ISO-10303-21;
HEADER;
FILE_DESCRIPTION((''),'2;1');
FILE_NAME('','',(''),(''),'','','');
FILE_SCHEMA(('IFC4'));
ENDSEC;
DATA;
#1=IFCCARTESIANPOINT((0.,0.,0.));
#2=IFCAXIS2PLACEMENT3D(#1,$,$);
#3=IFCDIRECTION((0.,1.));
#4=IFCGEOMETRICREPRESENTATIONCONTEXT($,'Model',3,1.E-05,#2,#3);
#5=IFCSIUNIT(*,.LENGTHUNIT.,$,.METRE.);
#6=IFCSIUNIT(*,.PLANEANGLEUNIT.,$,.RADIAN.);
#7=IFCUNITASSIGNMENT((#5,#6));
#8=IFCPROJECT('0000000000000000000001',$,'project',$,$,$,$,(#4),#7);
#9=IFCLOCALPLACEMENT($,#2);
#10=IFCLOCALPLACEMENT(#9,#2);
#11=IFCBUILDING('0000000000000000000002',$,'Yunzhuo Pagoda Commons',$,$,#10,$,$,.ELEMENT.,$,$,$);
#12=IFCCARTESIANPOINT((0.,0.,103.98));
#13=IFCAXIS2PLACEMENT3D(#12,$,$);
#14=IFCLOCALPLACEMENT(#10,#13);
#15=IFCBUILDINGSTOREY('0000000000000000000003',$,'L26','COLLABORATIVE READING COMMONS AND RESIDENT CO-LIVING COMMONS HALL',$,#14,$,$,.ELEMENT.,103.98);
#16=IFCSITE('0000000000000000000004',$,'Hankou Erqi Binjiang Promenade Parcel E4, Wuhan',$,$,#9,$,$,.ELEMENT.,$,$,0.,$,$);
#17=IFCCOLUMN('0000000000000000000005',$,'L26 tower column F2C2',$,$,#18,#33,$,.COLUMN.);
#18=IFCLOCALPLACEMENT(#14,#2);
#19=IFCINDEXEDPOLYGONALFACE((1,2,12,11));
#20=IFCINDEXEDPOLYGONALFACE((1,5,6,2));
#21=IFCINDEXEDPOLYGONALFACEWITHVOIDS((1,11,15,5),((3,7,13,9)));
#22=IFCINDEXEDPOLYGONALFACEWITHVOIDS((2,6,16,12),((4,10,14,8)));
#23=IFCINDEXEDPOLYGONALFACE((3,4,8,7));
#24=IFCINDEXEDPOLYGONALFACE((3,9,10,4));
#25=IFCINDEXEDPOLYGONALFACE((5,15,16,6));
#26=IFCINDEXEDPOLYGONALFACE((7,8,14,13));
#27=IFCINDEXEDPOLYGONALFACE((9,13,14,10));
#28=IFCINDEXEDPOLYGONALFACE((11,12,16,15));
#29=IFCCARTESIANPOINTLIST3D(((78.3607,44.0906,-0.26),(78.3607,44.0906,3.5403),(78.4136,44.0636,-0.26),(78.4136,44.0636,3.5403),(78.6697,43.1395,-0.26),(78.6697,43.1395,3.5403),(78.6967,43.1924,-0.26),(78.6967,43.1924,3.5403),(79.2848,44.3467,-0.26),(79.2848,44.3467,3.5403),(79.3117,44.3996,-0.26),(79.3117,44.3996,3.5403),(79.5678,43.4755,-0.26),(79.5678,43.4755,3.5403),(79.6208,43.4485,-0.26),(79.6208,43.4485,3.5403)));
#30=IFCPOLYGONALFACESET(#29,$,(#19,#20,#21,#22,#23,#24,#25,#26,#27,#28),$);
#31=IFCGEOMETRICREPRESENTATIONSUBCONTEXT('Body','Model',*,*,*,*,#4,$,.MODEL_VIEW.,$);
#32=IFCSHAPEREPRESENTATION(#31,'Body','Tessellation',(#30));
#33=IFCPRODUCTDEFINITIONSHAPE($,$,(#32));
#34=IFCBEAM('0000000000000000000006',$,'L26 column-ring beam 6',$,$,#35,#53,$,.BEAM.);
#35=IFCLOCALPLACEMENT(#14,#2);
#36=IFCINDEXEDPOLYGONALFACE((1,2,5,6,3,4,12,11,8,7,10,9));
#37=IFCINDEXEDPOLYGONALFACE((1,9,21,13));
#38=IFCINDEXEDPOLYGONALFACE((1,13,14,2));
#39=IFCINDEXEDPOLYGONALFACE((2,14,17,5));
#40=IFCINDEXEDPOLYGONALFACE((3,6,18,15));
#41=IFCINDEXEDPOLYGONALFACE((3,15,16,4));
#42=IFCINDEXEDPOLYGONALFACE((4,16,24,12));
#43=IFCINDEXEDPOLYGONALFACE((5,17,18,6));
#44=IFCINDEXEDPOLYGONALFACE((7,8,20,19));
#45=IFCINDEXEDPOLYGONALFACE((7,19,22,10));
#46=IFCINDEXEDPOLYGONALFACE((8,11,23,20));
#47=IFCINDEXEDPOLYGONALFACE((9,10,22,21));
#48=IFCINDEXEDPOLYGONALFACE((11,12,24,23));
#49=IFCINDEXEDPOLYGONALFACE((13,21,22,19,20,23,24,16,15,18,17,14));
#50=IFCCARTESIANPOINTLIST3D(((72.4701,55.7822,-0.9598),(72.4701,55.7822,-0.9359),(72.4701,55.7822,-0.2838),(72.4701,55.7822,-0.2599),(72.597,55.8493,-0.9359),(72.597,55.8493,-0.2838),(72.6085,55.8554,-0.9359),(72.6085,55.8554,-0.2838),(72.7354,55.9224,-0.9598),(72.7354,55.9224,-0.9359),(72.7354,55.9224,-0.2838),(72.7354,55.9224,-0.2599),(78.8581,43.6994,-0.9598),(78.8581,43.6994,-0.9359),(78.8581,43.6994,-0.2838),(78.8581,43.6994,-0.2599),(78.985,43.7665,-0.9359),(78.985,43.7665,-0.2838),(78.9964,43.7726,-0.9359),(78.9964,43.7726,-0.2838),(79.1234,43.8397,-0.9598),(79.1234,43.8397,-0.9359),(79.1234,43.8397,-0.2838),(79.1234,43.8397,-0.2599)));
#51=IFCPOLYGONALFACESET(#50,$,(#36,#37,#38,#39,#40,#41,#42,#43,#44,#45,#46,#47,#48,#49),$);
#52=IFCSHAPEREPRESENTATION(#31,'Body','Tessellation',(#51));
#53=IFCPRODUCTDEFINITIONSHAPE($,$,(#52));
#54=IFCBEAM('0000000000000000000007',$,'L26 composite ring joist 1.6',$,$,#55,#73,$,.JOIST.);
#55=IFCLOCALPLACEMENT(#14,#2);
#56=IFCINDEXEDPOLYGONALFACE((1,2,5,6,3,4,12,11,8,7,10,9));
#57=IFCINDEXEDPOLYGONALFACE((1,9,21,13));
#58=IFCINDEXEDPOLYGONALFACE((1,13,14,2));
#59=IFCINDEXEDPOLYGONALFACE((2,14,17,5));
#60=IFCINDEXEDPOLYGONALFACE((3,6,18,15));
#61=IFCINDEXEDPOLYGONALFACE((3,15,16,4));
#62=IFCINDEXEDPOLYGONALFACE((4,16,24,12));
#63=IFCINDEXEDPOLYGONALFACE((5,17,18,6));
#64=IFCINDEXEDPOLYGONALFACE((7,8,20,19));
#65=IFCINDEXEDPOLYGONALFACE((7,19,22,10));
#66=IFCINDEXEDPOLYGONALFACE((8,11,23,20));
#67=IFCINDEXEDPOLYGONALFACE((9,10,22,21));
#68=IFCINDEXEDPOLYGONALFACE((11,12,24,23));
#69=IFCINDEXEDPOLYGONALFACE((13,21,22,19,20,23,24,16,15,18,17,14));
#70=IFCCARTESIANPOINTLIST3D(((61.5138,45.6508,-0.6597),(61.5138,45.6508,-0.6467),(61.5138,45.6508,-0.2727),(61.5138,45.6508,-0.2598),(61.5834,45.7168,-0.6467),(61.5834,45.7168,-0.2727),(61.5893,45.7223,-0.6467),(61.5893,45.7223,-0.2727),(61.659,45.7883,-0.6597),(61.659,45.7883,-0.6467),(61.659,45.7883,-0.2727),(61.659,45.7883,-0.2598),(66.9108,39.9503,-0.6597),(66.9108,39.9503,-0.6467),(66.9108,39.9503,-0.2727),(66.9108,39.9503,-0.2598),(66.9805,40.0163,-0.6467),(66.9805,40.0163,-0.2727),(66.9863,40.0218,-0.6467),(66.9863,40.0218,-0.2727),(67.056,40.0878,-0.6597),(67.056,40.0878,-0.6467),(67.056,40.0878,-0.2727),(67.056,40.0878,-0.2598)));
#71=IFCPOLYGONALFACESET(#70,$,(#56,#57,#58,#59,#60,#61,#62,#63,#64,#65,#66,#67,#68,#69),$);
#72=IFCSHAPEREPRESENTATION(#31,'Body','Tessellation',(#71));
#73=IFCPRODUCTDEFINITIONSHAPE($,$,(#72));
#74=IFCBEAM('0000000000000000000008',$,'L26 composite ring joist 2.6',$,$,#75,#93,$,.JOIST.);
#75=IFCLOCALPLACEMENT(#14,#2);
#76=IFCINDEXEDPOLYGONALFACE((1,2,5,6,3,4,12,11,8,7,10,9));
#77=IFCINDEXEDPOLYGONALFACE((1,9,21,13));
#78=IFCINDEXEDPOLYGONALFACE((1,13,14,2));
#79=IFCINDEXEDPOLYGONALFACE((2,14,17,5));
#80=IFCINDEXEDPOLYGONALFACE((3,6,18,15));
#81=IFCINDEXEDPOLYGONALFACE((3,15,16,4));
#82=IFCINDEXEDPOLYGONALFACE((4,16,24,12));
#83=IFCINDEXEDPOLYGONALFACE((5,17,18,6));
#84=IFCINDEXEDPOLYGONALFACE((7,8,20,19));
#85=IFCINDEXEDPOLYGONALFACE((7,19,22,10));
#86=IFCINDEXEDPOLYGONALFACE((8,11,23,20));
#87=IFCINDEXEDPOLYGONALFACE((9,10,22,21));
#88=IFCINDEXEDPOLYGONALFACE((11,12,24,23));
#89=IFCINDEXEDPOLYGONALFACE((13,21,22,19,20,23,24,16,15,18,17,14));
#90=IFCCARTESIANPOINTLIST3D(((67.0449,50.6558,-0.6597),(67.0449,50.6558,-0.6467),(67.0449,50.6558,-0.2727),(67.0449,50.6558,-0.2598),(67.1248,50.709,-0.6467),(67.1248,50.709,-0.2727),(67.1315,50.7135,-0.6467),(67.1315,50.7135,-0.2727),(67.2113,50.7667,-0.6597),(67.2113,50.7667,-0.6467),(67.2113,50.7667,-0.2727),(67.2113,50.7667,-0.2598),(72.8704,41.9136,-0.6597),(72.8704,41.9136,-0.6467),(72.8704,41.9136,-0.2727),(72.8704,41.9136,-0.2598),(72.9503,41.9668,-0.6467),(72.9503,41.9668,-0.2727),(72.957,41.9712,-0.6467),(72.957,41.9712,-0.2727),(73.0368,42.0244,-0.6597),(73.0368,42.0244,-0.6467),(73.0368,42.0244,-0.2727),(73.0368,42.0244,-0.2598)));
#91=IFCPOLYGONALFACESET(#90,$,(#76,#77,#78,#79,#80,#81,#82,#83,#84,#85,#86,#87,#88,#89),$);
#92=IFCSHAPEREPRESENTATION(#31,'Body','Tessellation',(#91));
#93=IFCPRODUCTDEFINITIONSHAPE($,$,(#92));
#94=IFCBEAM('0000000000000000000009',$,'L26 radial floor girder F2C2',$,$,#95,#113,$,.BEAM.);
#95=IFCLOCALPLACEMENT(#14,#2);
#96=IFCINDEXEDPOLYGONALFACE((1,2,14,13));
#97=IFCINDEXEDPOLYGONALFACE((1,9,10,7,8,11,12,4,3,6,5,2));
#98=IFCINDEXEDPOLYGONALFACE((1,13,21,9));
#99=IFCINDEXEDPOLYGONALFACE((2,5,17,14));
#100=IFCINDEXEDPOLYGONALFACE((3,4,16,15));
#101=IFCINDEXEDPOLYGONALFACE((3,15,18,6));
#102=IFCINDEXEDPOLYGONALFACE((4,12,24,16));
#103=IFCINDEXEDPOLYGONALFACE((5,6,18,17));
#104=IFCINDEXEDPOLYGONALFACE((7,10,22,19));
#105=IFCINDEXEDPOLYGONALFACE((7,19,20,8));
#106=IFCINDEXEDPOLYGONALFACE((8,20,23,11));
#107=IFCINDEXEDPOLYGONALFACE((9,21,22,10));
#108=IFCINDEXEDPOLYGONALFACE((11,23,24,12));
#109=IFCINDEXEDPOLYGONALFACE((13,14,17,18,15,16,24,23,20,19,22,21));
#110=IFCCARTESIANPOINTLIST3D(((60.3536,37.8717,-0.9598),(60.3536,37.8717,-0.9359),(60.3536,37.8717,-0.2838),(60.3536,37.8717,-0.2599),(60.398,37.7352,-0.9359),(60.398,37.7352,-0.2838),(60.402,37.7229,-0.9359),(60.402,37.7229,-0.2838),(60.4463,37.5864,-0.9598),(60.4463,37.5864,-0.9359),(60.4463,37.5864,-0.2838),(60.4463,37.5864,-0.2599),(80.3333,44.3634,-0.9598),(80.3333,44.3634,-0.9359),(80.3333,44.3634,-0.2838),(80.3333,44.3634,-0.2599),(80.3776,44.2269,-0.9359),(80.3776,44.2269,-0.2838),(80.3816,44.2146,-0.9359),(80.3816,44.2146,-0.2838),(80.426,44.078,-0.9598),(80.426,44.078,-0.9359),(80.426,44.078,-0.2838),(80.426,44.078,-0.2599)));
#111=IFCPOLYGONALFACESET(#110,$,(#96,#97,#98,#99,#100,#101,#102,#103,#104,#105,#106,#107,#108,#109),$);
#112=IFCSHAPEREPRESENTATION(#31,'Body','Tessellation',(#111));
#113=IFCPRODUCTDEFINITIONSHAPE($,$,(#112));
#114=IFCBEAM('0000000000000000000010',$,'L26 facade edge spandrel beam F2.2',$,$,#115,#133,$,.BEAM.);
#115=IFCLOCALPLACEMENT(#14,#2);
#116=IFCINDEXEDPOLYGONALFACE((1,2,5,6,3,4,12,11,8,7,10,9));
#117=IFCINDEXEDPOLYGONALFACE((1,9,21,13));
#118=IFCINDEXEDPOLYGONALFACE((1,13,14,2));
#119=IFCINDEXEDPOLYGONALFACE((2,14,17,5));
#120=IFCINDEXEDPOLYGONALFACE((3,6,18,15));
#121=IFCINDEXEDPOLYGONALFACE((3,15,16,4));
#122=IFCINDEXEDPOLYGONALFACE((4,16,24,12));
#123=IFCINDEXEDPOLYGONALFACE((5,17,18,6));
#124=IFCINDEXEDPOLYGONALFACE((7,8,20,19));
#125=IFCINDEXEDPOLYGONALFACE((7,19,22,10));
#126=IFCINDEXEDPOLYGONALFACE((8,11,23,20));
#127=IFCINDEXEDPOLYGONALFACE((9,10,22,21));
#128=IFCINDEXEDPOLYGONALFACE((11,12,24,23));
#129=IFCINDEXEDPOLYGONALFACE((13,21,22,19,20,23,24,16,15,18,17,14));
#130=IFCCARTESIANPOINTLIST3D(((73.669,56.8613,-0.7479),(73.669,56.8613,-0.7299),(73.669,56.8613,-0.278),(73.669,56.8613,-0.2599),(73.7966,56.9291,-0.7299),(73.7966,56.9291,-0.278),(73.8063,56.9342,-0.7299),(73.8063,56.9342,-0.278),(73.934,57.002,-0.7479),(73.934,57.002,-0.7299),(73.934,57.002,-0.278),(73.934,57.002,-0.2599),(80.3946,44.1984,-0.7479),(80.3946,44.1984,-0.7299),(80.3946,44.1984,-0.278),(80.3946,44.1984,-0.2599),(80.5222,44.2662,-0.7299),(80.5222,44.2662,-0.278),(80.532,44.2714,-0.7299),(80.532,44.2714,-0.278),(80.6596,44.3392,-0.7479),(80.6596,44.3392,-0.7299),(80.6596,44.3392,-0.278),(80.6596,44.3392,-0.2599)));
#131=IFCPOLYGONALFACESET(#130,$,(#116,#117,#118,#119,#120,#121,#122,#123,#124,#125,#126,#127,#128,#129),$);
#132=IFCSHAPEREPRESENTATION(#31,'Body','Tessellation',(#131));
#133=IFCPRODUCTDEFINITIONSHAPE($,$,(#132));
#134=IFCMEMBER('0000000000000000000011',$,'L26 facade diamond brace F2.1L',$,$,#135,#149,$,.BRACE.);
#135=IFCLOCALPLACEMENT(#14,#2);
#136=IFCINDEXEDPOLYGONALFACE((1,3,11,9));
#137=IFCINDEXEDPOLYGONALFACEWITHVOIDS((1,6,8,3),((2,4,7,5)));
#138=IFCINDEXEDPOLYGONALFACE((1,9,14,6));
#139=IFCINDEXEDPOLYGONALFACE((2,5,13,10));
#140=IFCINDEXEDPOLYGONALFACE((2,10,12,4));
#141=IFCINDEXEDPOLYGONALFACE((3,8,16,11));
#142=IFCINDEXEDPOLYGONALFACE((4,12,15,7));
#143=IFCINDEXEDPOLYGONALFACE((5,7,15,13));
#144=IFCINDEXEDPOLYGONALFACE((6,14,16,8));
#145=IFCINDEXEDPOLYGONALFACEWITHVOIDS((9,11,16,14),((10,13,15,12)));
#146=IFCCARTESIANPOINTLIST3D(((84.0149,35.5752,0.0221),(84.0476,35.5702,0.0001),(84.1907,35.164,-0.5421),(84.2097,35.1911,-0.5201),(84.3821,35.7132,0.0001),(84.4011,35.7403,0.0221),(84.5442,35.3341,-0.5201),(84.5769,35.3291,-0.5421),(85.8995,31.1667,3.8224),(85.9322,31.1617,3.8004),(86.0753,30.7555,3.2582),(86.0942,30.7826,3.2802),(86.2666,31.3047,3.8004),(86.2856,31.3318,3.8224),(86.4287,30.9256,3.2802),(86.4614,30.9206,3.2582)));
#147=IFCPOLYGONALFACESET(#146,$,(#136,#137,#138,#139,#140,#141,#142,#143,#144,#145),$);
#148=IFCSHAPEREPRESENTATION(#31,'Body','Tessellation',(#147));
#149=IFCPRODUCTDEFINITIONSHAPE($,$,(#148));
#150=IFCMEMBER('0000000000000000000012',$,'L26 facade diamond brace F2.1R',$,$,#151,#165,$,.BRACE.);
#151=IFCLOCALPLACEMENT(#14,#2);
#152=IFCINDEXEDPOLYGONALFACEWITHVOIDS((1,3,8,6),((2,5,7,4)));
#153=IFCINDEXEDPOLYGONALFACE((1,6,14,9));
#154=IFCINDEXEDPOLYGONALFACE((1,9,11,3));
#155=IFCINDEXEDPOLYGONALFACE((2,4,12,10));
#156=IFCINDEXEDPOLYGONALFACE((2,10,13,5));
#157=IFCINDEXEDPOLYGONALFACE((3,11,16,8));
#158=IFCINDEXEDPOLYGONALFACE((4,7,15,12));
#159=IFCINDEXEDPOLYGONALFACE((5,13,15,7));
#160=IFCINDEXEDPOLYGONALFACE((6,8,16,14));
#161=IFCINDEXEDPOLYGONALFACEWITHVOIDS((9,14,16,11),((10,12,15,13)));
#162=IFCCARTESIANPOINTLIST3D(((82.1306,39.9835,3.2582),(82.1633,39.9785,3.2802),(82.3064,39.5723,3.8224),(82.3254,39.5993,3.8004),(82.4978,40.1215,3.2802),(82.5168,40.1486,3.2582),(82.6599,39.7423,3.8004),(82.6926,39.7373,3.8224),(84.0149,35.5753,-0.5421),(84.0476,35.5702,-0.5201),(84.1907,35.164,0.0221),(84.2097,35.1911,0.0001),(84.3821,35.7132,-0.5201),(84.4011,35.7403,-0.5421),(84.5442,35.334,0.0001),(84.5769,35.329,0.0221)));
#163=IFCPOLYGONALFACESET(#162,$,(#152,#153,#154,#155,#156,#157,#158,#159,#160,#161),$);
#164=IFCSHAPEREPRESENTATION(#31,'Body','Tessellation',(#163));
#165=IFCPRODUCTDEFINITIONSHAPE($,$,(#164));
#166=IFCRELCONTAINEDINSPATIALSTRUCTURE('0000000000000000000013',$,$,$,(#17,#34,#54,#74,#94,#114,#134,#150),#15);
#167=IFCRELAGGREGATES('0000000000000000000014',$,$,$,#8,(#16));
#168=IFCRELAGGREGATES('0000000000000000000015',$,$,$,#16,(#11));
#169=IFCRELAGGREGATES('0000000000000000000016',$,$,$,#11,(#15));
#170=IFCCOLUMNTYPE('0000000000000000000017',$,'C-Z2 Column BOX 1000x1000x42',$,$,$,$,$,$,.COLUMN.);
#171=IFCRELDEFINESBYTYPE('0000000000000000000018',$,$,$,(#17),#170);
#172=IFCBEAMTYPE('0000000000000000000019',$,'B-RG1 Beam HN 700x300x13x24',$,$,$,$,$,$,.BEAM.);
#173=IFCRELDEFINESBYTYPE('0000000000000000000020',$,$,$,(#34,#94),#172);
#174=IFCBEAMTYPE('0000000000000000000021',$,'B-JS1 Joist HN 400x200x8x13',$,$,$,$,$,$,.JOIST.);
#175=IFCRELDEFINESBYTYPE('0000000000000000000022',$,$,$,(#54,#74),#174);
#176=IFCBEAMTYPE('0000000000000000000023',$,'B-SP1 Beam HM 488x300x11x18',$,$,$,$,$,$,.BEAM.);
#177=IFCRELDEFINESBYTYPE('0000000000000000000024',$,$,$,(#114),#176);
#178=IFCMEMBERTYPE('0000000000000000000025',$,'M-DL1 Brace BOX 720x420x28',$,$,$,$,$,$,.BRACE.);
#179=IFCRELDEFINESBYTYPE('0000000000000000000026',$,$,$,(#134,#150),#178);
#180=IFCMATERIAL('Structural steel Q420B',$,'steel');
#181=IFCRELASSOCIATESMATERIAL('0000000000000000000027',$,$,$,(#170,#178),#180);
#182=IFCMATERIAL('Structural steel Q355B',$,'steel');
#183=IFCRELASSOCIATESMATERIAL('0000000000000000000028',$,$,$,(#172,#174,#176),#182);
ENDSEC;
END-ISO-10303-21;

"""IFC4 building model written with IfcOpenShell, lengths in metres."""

from ifc_helpers import new_model, si_unit, direction, frame, origin, origin_2d, place, context, subcontext, project, spatial, hollow_rectangle, i_section, extrude, source, transform, mapped, material, material_profile, profile_set, type_object, element, save


model = new_model("IFC4")

# Units and contexts
model_context = context("Model", 3, precision=1e-05, world=origin(), true_north=direction((0.0, 1.0)))
body_context = subcontext(model_context, "Body", "Model", "MODEL_VIEW")
ifc_project = project(units=[si_unit("LENGTHUNIT", "METRE"), si_unit("PLANEANGLEUNIT", "RADIAN")], contexts=[model_context])

# Site, building, storey
site_placement = place(None, origin())
site = spatial("IfcSite", under=ifc_project, at=site_placement, Name="Hankou Erqi Binjiang Promenade Parcel E4, Wuhan", CompositionType="ELEMENT", RefElevation=0.0)
building_placement = place(site_placement, origin())
building = spatial("IfcBuilding", under=site, at=building_placement, Name="Yunzhuo Pagoda Commons", CompositionType="ELEMENT")
storey_placement = place(building_placement, frame((0.0, 0.0, 103.98)))
storey = spatial("IfcBuildingStorey", under=building, at=storey_placement, Name="L26", Description="COLLABORATIVE READING COMMONS AND RESIDENT CO-LIVING COMMONS HALL", CompositionType="ELEMENT", Elevation=103.98)

# Column
ifc_material_1 = material(Name="Structural steel Q420B", Category="steel")
ifc_material_profile_1 = material_profile(ifc_material_1, hollow_rectangle(XDim=1.0, YDim=1.0, WallThickness=0.042, at=origin_2d()), Name="Structural steel Q420B")
ifc_profile_set_1 = profile_set([ifc_material_profile_1], Name="Structural steel Q420B")
column_type = type_object("IfcColumnType", Name="C-Z2 Column BOX 1000x1000x42", PredefinedType="COLUMN", material=ifc_profile_set_1)
shared_shape_1 = source(origin(), body_context, "Body", "SweptSolid", [
    extrude(hollow_rectangle(XDim=1.0, YDim=1.0, WallThickness=0.042, at=origin_2d()), origin(), (0.0, 0.0, 1.0), 3.8003),
])
column_placement = place(storey_placement, frame((78.9907, 43.7695, -0.26), z_axis=(0.0, 0.0, 1.0), x_axis=(-0.309017, 0.951057, 0.0)))
element("IfcColumn", 1, at=column_placement, inside=storey, type_object=column_type, Name="L26 tower column F2C2", PredefinedType="COLUMN", context=body_context, shape_type="MappedRepresentation", body=[
    mapped(shared_shape_1, transform((0.0, 0.0, 0.0), scale=1.0)),
])

# Beams
ifc_material_2 = material(Name="Structural steel Q355B", Category="steel")
ifc_material_profile_2 = material_profile(ifc_material_2, i_section(OverallWidth=0.3, OverallDepth=0.7, WebThickness=0.0129, FlangeThickness=0.0239, at=origin_2d()), Name="Structural steel Q355B")
ifc_profile_set_2 = profile_set([ifc_material_profile_2], Name="Structural steel Q355B")
beam_type_1 = type_object("IfcBeamType", Name="B-RG1 Beam HN 700x300x13x24", PredefinedType="BEAM", material=ifc_profile_set_2)
shared_shape_2 = source(origin(), body_context, "Body", "SweptSolid", [
    extrude(i_section(OverallWidth=0.3, OverallDepth=0.7, WebThickness=0.0129, FlangeThickness=0.0239, at=origin_2d()), origin(), (0.0, 0.0, 1.0), 13.6675),
])
beam_1_placement = place(storey_placement, frame((78.9907, 43.7695, -0.6099), z_axis=(-0.467384, 0.884055, 0.0), x_axis=(-0.884055, -0.467384, 0.0)))
element("IfcBeam", 2, at=beam_1_placement, inside=storey, type_object=beam_type_1, Name="L26 column-ring beam 6", PredefinedType="BEAM", context=body_context, shape_type="MappedRepresentation", body=[
    mapped(shared_shape_2, transform((0.0, 0.0, 0.0), scale=1.0)),
])
ifc_material_profile_3 = material_profile(ifc_material_2, i_section(OverallWidth=0.2, OverallDepth=0.3999, WebThickness=0.0081, FlangeThickness=0.0129, at=origin_2d()), Name="Structural steel Q355B")
ifc_profile_set_3 = profile_set([ifc_material_profile_3], Name="Structural steel Q355B")
beam_type_2 = type_object("IfcBeamType", Name="B-JS1 Joist HN 400x200x8x13", PredefinedType="JOIST", material=ifc_profile_set_3)
shared_shape_3 = source(origin(), body_context, "Body", "SweptSolid", [
    extrude(i_section(OverallWidth=0.2, OverallDepth=0.3999, WebThickness=0.0081, FlangeThickness=0.0129, at=origin_2d()), origin(), (0.0, 0.0, 1.0), 7.8501),
])
beam_2_placement = place(storey_placement, frame((66.9834, 40.019, -0.4597), z_axis=(-0.687513, 0.726172, 0.0), x_axis=(-0.726172, -0.687513, 0.0)))
element("IfcBeam", 3, at=beam_2_placement, inside=storey, type_object=beam_type_2, Name="L26 composite ring joist 1.6", PredefinedType="JOIST", context=body_context, shape_type="MappedRepresentation", body=[
    mapped(shared_shape_3, transform((0.0, 0.0, 0.0), scale=1.0)),
])
shared_shape_4 = source(origin(), body_context, "Body", "SweptSolid", [
    extrude(i_section(OverallWidth=0.2, OverallDepth=0.3999, WebThickness=0.0081, FlangeThickness=0.0129, at=origin_2d()), origin(), (0.0, 0.0, 1.0), 10.5054),
])
beam_3_placement = place(storey_placement, frame((72.9536, 41.969, -0.4597), z_axis=(-0.554523, 0.832168, 0.0), x_axis=(-0.832168, -0.554523, 0.0)))
element("IfcBeam", 4, at=beam_3_placement, inside=storey, type_object=beam_type_2, Name="L26 composite ring joist 2.6", PredefinedType="JOIST", context=body_context, shape_type="MappedRepresentation", body=[
    mapped(shared_shape_4, transform((0.0, 0.0, 0.0), scale=1.0)),
])
shared_shape_5 = source(origin(), body_context, "Body", "SweptSolid", [
    extrude(i_section(OverallWidth=0.3, OverallDepth=0.7, WebThickness=0.0129, FlangeThickness=0.0239, at=origin_2d()), origin(), (0.0, 0.0, 1.0), 21.0078),
])
beam_4_placement = place(storey_placement, frame((80.3796, 44.2207, -0.6099), z_axis=(-0.951058, -0.309012, 0.0), x_axis=(0.309012, -0.951058, 0.0)))
element("IfcBeam", 5, at=beam_4_placement, inside=storey, type_object=beam_type_1, Name="L26 radial floor girder F2C2", PredefinedType="BEAM", context=body_context, shape_type="MappedRepresentation", body=[
    mapped(shared_shape_5, transform((0.0, 0.0, 0.0), scale=1.0)),
])
ifc_material_profile_4 = material_profile(ifc_material_2, i_section(OverallWidth=0.3, OverallDepth=0.488, WebThickness=0.011, FlangeThickness=0.0181, at=origin_2d()), Name="Structural steel Q355B")
ifc_profile_set_4 = profile_set([ifc_material_profile_4], Name="Structural steel Q355B")
beam_type_3 = type_object("IfcBeamType", Name="B-SP1 Beam HM 488x300x11x18", PredefinedType="BEAM", material=ifc_profile_set_4)
shared_shape_6 = source(origin(), body_context, "Body", "SweptSolid", [
    extrude(i_section(OverallWidth=0.3, OverallDepth=0.488, WebThickness=0.011, FlangeThickness=0.0181, at=origin_2d()), origin(), (0.0, 0.0, 1.0), 14.3381),
])
beam_5_placement = place(storey_placement, frame((80.5271, 44.2688, -0.5039), z_axis=(-0.469071, 0.88316, 0.0), x_axis=(-0.88316, -0.469071, 0.0)))
element("IfcBeam", 6, at=beam_5_placement, inside=storey, type_object=beam_type_3, Name="L26 facade edge spandrel beam F2.2", PredefinedType="BEAM", context=body_context, shape_type="MappedRepresentation", body=[
    mapped(shared_shape_6, transform((0.0, 0.0, 0.0), scale=1.0)),
])

# Members
ifc_material_profile_5 = material_profile(ifc_material_1, hollow_rectangle(XDim=0.4199, YDim=0.72, WallThickness=0.0281, at=origin_2d()), Name="Structural steel Q420B")
ifc_profile_set_5 = profile_set([ifc_material_profile_5], Name="Structural steel Q420B")
member_type_1 = type_object("IfcMemberType", Name="M-DL1 Brace BOX 720x420x28", PredefinedType="BRACE", material=ifc_profile_set_5)
shared_shape_7 = source(origin(), body_context, "Body", "SweptSolid", [
    extrude(hollow_rectangle(XDim=0.4199, YDim=0.72, WallThickness=0.0281, at=origin_2d()), origin(), (0.0, 0.0, 1.0), 6.1179),
])
member_1_placement = place(storey_placement, frame((84.2959, 35.4521, -0.26), z_axis=(0.308037, -0.720588, 0.621181), x_axis=(0.919508, 0.393071, 0.0)))
element("IfcMember", 7, at=member_1_placement, inside=storey, type_object=member_type_1, Name="L26 facade diamond brace F2.1L", PredefinedType="BRACE", context=body_context, shape_type="MappedRepresentation", body=[
    mapped(shared_shape_7, transform((0.0, 0.0, 0.0), scale=1.0)),
])
shared_shape_8 = source(origin(), body_context, "Body", "SweptSolid", [
    extrude(hollow_rectangle(XDim=0.4199, YDim=0.72, WallThickness=0.0281, at=origin_2d()), origin(), (0.0, 0.0, 1.0), 6.1177),
])
member_2_placement = place(storey_placement, frame((84.2959, 35.4521, -0.26), z_axis=(-0.308009, 0.720578, 0.621207), x_axis=(-0.919519, -0.393046, 0.0)))
element("IfcMember", 8, at=member_2_placement, inside=storey, type_object=member_type_1, Name="L26 facade diamond brace F2.1R", PredefinedType="BRACE", context=body_context, shape_type="MappedRepresentation", body=[
    mapped(shared_shape_8, transform((0.0, 0.0, 0.0), scale=1.0)),
])

save(model, "model.ifc")
